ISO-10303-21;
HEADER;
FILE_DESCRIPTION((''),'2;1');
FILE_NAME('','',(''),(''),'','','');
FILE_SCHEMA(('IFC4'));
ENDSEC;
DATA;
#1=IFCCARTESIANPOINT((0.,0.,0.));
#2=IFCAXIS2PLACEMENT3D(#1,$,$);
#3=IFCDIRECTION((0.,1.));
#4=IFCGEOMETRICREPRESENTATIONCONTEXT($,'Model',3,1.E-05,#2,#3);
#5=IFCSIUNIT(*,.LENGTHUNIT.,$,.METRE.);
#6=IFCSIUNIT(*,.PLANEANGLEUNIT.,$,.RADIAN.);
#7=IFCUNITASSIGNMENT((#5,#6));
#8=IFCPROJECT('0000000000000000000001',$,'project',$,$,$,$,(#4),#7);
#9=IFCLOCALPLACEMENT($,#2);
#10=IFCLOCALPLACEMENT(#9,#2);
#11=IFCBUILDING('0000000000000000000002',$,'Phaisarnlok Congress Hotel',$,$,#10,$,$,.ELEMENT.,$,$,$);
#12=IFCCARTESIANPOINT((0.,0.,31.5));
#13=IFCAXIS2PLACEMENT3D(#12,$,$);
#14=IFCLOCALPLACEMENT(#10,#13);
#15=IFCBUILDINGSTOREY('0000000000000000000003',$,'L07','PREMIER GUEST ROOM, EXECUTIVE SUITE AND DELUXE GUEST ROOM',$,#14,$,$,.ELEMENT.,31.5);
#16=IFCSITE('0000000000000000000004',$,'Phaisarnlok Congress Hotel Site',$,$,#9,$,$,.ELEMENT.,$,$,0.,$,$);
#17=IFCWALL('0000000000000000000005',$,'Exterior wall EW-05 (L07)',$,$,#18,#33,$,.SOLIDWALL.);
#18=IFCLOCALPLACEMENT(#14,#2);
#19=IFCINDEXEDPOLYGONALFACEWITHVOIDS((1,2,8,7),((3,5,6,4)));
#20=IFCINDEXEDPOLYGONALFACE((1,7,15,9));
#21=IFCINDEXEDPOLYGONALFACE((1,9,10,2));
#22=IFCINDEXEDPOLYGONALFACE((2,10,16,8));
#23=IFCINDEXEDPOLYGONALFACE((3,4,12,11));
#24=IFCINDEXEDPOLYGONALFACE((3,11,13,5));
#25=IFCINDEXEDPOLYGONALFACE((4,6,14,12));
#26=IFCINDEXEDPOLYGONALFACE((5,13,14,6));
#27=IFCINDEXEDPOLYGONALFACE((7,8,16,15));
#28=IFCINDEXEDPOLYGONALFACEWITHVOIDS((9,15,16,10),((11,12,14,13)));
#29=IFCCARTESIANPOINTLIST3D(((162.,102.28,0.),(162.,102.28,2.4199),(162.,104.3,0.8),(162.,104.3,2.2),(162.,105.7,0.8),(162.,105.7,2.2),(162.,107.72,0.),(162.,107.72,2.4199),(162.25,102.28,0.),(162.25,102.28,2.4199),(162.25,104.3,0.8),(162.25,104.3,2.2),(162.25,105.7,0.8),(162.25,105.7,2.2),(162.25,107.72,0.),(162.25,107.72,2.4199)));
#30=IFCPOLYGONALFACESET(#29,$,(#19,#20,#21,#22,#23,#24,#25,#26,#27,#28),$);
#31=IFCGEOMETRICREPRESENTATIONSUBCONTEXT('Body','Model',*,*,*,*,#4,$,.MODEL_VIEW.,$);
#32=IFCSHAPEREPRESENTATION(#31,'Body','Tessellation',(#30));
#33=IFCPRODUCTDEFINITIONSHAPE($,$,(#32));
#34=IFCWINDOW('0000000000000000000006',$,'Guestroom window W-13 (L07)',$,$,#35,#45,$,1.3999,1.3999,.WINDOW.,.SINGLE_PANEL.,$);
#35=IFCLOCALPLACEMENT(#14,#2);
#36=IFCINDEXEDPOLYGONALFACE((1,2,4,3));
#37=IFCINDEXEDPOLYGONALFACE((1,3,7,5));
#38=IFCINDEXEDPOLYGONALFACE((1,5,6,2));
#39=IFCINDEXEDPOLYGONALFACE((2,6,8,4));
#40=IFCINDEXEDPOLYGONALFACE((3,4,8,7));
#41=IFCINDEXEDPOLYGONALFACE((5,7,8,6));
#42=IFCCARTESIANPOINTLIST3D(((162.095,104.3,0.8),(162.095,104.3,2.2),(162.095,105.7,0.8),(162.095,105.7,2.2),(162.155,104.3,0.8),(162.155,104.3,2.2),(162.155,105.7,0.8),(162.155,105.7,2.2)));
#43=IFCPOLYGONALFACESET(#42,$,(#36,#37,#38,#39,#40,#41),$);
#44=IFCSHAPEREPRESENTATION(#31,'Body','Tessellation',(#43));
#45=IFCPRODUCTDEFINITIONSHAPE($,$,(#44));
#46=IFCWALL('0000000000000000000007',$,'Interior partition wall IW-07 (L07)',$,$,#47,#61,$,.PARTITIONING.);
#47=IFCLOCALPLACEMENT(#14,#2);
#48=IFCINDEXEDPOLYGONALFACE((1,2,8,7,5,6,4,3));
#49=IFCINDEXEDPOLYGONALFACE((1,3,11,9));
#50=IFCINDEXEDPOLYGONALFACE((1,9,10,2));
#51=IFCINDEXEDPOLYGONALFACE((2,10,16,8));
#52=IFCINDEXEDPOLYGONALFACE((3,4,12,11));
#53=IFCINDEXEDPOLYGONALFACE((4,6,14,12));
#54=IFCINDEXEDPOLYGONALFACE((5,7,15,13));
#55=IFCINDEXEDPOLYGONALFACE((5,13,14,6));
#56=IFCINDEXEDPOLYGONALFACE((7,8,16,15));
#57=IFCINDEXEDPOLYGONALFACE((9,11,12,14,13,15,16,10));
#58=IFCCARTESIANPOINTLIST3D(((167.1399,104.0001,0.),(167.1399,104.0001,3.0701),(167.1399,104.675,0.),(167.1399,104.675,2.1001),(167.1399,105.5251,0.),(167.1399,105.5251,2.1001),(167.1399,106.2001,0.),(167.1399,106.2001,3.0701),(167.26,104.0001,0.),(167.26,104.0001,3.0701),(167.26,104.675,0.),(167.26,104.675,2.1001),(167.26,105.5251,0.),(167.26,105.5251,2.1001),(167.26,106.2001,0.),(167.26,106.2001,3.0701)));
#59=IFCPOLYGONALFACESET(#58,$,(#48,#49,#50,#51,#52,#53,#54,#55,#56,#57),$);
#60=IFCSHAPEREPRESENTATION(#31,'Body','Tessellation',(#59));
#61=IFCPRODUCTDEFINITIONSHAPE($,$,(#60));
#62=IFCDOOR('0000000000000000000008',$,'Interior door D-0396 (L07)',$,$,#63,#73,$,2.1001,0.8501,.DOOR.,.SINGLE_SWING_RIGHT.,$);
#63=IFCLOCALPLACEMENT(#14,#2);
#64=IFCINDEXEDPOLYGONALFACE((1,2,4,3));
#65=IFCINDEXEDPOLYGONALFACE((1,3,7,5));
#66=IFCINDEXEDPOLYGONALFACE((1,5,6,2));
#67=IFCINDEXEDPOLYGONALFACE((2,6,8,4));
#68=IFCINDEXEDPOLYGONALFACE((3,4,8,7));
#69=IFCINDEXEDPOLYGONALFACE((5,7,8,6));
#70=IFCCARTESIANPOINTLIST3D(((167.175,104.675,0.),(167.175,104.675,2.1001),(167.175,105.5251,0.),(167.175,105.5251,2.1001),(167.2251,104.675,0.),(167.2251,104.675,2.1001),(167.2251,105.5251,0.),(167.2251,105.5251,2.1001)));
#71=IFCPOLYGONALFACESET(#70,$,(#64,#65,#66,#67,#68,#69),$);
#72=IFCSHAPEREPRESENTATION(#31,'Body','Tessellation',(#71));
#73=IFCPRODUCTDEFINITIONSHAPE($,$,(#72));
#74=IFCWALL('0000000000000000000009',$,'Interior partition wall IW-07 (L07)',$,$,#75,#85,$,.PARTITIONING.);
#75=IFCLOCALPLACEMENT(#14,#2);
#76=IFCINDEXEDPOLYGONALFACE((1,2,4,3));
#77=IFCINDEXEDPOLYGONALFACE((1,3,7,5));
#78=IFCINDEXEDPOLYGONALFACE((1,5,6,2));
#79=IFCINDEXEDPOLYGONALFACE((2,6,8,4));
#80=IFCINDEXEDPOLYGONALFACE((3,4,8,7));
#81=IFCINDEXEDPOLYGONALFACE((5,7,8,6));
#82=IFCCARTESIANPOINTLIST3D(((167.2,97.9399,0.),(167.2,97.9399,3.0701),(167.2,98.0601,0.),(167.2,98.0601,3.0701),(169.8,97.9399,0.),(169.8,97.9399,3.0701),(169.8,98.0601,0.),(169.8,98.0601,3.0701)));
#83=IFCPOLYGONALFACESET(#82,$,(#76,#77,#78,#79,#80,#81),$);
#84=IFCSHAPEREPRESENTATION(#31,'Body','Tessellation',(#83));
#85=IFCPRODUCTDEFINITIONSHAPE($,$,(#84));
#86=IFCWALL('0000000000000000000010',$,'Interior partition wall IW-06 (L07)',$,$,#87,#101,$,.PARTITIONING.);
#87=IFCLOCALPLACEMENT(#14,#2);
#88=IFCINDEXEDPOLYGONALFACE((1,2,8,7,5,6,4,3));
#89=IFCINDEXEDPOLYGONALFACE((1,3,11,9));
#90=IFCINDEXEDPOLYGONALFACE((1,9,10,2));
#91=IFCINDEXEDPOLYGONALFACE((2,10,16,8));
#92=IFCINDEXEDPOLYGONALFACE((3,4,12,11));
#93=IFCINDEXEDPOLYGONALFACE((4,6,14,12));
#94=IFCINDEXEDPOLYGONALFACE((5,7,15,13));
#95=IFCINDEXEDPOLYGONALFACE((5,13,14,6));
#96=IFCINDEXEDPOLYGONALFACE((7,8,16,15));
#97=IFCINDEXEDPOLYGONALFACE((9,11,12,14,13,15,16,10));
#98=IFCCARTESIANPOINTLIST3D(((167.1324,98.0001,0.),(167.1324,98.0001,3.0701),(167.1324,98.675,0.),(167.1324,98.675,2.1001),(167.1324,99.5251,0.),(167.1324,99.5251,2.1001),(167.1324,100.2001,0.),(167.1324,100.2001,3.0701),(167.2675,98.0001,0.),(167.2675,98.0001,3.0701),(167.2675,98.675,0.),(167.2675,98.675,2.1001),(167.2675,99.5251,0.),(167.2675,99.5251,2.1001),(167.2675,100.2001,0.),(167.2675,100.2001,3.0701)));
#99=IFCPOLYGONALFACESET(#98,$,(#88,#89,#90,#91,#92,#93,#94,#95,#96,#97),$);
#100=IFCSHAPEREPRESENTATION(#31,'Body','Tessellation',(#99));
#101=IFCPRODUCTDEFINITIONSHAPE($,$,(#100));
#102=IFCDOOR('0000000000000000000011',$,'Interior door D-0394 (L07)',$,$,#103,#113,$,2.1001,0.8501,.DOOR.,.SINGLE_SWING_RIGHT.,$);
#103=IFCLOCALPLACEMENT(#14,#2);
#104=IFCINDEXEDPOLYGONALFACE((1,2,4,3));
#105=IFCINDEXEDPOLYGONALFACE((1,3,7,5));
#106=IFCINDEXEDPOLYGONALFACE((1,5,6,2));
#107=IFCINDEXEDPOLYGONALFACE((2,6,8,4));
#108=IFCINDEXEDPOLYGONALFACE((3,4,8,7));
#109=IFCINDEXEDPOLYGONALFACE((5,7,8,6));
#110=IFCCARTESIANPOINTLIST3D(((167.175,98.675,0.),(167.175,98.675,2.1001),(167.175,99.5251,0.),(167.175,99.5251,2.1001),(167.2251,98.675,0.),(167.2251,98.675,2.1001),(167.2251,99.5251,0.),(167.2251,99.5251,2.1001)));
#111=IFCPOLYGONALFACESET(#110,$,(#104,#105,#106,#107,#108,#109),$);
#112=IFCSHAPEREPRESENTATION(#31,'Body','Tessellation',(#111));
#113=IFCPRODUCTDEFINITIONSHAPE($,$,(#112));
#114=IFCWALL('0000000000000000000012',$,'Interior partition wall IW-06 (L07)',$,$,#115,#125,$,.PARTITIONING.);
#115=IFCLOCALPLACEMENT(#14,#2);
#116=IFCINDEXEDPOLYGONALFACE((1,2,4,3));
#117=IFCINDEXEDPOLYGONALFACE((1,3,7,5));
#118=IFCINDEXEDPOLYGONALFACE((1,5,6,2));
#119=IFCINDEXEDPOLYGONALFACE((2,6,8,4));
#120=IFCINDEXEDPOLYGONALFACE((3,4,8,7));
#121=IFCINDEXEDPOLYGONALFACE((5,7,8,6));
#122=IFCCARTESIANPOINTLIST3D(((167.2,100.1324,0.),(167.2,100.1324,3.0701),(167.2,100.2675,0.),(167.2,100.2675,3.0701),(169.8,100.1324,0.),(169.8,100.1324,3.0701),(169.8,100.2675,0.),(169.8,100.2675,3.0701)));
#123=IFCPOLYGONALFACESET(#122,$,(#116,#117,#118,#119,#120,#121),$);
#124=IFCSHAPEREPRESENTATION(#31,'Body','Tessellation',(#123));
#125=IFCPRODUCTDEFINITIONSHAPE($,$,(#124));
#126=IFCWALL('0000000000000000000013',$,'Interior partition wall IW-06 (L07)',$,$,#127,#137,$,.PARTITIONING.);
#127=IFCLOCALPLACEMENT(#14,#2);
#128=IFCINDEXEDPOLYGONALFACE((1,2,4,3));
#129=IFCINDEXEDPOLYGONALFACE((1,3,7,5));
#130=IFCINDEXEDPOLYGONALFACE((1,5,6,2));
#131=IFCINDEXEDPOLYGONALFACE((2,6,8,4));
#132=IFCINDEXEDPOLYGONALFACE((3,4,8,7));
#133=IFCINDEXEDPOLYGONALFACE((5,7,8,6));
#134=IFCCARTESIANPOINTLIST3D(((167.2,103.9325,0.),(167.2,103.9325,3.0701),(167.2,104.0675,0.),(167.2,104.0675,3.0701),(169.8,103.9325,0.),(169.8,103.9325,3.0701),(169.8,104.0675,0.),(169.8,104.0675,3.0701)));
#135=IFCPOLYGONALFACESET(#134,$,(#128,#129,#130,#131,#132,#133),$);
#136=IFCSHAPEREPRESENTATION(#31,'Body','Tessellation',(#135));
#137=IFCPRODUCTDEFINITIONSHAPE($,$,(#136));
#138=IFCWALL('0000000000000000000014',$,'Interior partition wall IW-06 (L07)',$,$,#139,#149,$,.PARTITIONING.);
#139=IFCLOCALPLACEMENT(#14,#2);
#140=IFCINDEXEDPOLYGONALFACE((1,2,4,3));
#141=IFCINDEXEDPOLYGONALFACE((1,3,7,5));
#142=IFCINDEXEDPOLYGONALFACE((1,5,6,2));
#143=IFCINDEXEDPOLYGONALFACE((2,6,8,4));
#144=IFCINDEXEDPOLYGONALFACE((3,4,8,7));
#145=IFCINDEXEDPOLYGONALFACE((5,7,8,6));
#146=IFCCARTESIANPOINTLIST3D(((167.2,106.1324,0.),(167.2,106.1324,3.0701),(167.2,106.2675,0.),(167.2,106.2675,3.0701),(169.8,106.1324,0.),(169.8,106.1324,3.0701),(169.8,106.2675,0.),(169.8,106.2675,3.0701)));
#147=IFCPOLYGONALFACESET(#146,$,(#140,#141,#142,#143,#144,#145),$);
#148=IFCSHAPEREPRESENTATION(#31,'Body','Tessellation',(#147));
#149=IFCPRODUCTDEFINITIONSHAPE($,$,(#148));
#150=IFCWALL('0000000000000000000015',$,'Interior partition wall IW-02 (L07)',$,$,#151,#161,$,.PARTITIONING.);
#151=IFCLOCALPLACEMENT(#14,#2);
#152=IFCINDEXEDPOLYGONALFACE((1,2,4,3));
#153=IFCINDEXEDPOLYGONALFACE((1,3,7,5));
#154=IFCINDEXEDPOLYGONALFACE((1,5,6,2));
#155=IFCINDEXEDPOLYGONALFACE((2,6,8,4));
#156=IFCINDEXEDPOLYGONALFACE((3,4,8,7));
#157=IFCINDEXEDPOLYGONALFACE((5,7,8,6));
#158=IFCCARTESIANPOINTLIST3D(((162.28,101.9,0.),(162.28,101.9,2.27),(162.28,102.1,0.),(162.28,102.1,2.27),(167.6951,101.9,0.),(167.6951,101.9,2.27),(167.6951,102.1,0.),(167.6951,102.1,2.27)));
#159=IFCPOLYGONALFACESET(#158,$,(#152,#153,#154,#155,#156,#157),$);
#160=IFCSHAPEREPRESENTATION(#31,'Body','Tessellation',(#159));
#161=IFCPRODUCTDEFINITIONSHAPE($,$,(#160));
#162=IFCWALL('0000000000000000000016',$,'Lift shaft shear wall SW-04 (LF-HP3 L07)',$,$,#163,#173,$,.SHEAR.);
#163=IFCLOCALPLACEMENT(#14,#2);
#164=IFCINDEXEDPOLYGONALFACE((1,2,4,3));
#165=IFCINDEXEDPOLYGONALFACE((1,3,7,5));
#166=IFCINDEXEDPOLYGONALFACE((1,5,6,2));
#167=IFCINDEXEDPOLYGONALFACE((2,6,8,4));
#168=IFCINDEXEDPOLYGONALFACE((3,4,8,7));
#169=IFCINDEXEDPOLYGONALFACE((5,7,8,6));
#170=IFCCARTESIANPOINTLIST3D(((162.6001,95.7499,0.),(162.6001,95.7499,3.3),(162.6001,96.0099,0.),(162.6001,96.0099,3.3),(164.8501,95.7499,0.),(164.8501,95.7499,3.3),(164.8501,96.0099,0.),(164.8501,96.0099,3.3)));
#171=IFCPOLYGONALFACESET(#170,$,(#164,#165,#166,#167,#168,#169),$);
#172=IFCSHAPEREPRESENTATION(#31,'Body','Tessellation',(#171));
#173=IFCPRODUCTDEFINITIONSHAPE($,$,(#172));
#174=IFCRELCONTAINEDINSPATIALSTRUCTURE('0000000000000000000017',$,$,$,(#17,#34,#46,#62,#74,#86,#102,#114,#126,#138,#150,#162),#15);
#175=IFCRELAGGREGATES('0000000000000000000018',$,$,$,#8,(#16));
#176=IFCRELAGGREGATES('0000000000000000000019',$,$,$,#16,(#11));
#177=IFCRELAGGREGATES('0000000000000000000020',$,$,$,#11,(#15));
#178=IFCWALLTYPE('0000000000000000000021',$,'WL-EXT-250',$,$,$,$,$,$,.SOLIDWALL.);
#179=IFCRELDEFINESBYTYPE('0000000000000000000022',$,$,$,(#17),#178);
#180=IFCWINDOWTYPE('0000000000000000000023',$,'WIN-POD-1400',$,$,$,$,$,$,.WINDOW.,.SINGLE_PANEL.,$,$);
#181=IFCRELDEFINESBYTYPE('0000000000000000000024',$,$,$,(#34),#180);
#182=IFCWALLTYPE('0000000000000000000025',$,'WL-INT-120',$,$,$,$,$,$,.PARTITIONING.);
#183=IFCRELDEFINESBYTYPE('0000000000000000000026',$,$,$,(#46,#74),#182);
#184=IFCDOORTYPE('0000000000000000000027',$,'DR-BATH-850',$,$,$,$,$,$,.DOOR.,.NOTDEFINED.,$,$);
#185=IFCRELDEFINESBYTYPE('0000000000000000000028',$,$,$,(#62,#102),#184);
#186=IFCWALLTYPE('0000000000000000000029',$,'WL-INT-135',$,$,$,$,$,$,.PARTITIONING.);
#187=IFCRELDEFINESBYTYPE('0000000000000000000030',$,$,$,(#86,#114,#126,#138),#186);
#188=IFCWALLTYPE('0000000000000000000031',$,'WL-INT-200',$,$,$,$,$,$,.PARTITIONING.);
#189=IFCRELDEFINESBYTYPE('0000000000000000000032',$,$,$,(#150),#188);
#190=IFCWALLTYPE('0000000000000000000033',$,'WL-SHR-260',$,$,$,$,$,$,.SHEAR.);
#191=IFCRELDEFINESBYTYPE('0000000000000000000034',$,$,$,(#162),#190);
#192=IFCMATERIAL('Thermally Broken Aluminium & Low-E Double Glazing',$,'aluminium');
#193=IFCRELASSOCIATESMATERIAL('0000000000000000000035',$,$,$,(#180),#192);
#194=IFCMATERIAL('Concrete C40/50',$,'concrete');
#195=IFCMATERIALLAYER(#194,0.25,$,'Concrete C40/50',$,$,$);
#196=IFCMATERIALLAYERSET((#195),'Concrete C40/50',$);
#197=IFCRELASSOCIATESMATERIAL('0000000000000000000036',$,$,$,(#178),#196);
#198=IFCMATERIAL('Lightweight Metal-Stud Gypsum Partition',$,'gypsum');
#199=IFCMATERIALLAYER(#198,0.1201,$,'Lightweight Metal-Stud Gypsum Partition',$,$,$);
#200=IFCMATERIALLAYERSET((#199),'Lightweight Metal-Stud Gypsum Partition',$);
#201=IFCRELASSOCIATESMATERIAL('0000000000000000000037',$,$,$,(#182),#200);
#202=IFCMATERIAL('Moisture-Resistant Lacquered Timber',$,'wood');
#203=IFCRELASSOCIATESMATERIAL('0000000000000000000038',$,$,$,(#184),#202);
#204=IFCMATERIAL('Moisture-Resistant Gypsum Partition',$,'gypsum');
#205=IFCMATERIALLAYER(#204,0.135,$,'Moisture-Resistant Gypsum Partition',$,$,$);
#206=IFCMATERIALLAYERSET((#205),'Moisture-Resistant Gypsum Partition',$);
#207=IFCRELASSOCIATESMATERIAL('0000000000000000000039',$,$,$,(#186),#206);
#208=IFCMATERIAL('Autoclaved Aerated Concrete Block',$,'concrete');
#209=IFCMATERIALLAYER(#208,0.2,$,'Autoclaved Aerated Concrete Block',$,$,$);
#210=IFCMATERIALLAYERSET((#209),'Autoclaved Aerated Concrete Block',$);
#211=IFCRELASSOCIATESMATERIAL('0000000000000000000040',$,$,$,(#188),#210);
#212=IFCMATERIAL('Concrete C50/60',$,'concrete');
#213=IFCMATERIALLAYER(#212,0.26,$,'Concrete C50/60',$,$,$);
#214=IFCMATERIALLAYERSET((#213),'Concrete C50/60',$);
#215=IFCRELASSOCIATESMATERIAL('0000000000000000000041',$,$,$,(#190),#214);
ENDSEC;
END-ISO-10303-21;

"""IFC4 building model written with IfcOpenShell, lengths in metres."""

from ifc_helpers import new_model, si_unit, direction, frame, frame_2d, origin, place, context, subcontext, project, spatial, rectangle, extrude, material, layer, layer_set, type_object, element, fill, save


model = new_model("IFC4")

# Units and contexts
model_context = context("Model", 3, precision=1e-05, world=origin(), true_north=direction((0.0, 1.0)))
body_context = subcontext(model_context, "Body", "Model", "MODEL_VIEW")
ifc_project = project(units=[si_unit("LENGTHUNIT", "METRE"), si_unit("PLANEANGLEUNIT", "RADIAN")], contexts=[model_context])

# Site, building, storey
site_placement = place(None, origin())
site = spatial("IfcSite", under=ifc_project, at=site_placement, Name="Phaisarnlok Congress Hotel Site", CompositionType="ELEMENT", RefElevation=0.0)
building_placement = place(site_placement, origin())
building = spatial("IfcBuilding", under=site, at=building_placement, Name="Phaisarnlok Congress Hotel", CompositionType="ELEMENT")
storey_placement = place(building_placement, frame((0.0, 0.0, 31.5)))
storey = spatial("IfcBuildingStorey", under=building, at=storey_placement, Name="L07", Description="PREMIER GUEST ROOM, EXECUTIVE SUITE AND DELUXE GUEST ROOM", CompositionType="ELEMENT", Elevation=31.5)

# Shared definitions
ifc_material_1 = material(Name="Concrete C50/60", Category="concrete")

# Shared definitions
ifc_material_2 = material(Name="Concrete C40/50", Category="concrete")

# Wall, opening, window
ifc_material_3 = material(Name="Thermally Broken Aluminium & Low-E Double Glazing", Category="aluminium")
window_type = type_object("IfcWindowType", Name="WIN-POD-1400", PartitioningType="SINGLE_PANEL", PredefinedType="WINDOW", material=ifc_material_3)
ifc_layer_1 = layer(ifc_material_2, 0.25, Name="Concrete C40/50")
ifc_layer_set_1 = layer_set([ifc_layer_1], Name="Concrete C40/50")
wall_type_1 = type_object("IfcWallType", Name="WL-EXT-250", PredefinedType="SOLIDWALL", material=ifc_layer_set_1)
wall_1_placement = place(storey_placement, frame((162.125, 107.72, 0.0), z_axis=(0.0, 0.0, 1.0), x_axis=(0.0, -1.0, 0.0)))
wall_1 = element("IfcWall", 1, at=wall_1_placement, inside=storey, type_object=wall_type_1, Name="Exterior wall EW-05 (L07)", PredefinedType="SOLIDWALL", context=body_context, shape_type="SweptSolid", body=[
    extrude(rectangle(XDim=5.4399, YDim=0.25, at=frame_2d((2.72, 0.0))), origin(), (0.0, 0.0, 1.0), 2.4199),
])
opening_1_placement = place(wall_1_placement, frame((2.02, 0.0, 0.8)))
opening_1 = element("IfcOpeningElement", 2, at=opening_1_placement, cuts=wall_1, PredefinedType="OPENING", context=body_context, shape_type="SweptSolid", body=[
    extrude(rectangle(XDim=1.3999, YDim=1.3999, at=frame_2d((0.7, 0.7))), frame((0.0, 0.135, 0.0), z_axis=(0.0, -1.0, 0.0), x_axis=(1.0, 0.0, 0.0)), (0.0, 0.0, 1.0), 0.27),
])
window_1_placement = place(opening_1_placement, origin())
window_1 = element("IfcWindow", 3, at=window_1_placement, inside=storey, type_object=window_type, Name="Guestroom window W-13 (L07)", OverallHeight=1.3999, OverallWidth=1.3999, PartitioningType="SINGLE_PANEL", PredefinedType="WINDOW", context=body_context, shape_type="SweptSolid", body=[
    extrude(rectangle(XDim=1.3999, YDim=1.3999, at=frame_2d((0.7, 0.7))), frame((0.0, 0.03, 0.0), z_axis=(0.0, -1.0, 0.0), x_axis=(1.0, 0.0, 0.0)), (0.0, 0.0, 1.0), 0.0601),
])
fill(opening_1, window_1)

# Wall, opening, door
ifc_material_4 = material(Name="Lightweight Metal-Stud Gypsum Partition", Category="gypsum")
ifc_layer_2 = layer(ifc_material_4, 0.1201, Name="Lightweight Metal-Stud Gypsum Partition")
ifc_layer_set_2 = layer_set([ifc_layer_2], Name="Lightweight Metal-Stud Gypsum Partition")
wall_type_2 = type_object("IfcWallType", Name="WL-INT-120", PredefinedType="PARTITIONING", material=ifc_layer_set_2)
wall_2_placement = place(storey_placement, frame((167.2, 104.0, 0.0), z_axis=(0.0, 0.0, 1.0), x_axis=(0.0, 1.0, 0.0)))
wall_2 = element("IfcWall", 4, at=wall_2_placement, inside=storey, type_object=wall_type_2, Name="Interior partition wall IW-07 (L07)", PredefinedType="PARTITIONING", context=body_context, shape_type="SweptSolid", body=[
    extrude(rectangle(XDim=2.2, YDim=0.1201, at=frame_2d((1.1001, 0.0))), origin(), (0.0, 0.0, 1.0), 3.0701),
])
opening_2_placement = place(wall_2_placement, frame((0.675, 0.0, 0.0)))
opening_2 = element("IfcOpeningElement", 5, at=opening_2_placement, cuts=wall_2, PredefinedType="OPENING", context=body_context, shape_type="SweptSolid", body=[
    extrude(rectangle(XDim=0.8501, YDim=2.1001, at=frame_2d((0.425, 1.05))), frame((0.0, 0.0701, 0.0), z_axis=(0.0, -1.0, 0.0), x_axis=(1.0, 0.0, 0.0)), (0.0, 0.0, 1.0), 0.1401),
])
ifc_material_5 = material(Name="Moisture-Resistant Lacquered Timber", Category="wood")
door_type = type_object("IfcDoorType", Name="DR-BATH-850", OperationType="NOTDEFINED", PredefinedType="DOOR", material=ifc_material_5)
door_1_placement = place(opening_2_placement, origin())
door_1 = element("IfcDoor", 6, at=door_1_placement, inside=storey, type_object=door_type, Name="Interior door D-0396 (L07)", OperationType="SINGLE_SWING_RIGHT", OverallHeight=2.1001, OverallWidth=0.8501, PredefinedType="DOOR", context=body_context, shape_type="SweptSolid", body=[
    extrude(rectangle(XDim=0.8501, YDim=2.1001, at=frame_2d((0.425, 1.05))), frame((0.0, 0.0249, 0.0), z_axis=(0.0, -1.0, 0.0), x_axis=(1.0, 0.0, 0.0)), (0.0, 0.0, 1.0), 0.05),
])
fill(opening_2, door_1)

# Wall
wall_3_placement = place(storey_placement, frame((167.2, 98.0, 0.0), z_axis=(0.0, 0.0, 1.0), x_axis=(1.0, 0.0, 0.0)))
element("IfcWall", 7, at=wall_3_placement, inside=storey, type_object=wall_type_2, Name="Interior partition wall IW-07 (L07)", PredefinedType="PARTITIONING", context=body_context, shape_type="SweptSolid", body=[
    extrude(rectangle(XDim=2.6001, YDim=0.1201, at=frame_2d((1.3, 0.0))), origin(), (0.0, 0.0, 1.0), 3.0701),
])

# Wall, opening, door
ifc_material_6 = material(Name="Moisture-Resistant Gypsum Partition", Category="gypsum")
ifc_layer_3 = layer(ifc_material_6, 0.135, Name="Moisture-Resistant Gypsum Partition")
ifc_layer_set_3 = layer_set([ifc_layer_3], Name="Moisture-Resistant Gypsum Partition")
wall_type_3 = type_object("IfcWallType", Name="WL-INT-135", PredefinedType="PARTITIONING", material=ifc_layer_set_3)
wall_4_placement = place(storey_placement, frame((167.2, 98.0, 0.0), z_axis=(0.0, 0.0, 1.0), x_axis=(0.0, 1.0, 0.0)))
wall_4 = element("IfcWall", 8, at=wall_4_placement, inside=storey, type_object=wall_type_3, Name="Interior partition wall IW-06 (L07)", PredefinedType="PARTITIONING", context=body_context, shape_type="SweptSolid", body=[
    extrude(rectangle(XDim=2.2, YDim=0.135, at=frame_2d((1.1001, 0.0))), origin(), (0.0, 0.0, 1.0), 3.0701),
])
opening_3_placement = place(wall_4_placement, frame((0.675, 0.0, 0.0)))
opening_3 = element("IfcOpeningElement", 9, at=opening_3_placement, cuts=wall_4, PredefinedType="OPENING", context=body_context, shape_type="SweptSolid", body=[
    extrude(rectangle(XDim=0.8501, YDim=2.1001, at=frame_2d((0.425, 1.05))), frame((0.0, 0.0776, 0.0), z_axis=(0.0, -1.0, 0.0), x_axis=(1.0, 0.0, 0.0)), (0.0, 0.0, 1.0), 0.155),
])
door_2_placement = place(opening_3_placement, origin())
door_2 = element("IfcDoor", 10, at=door_2_placement, inside=storey, type_object=door_type, Name="Interior door D-0394 (L07)", OperationType="SINGLE_SWING_RIGHT", OverallHeight=2.1001, OverallWidth=0.8501, PredefinedType="DOOR", context=body_context, shape_type="SweptSolid", body=[
    extrude(rectangle(XDim=0.8501, YDim=2.1001, at=frame_2d((0.425, 1.05))), frame((0.0, 0.0249, 0.0), z_axis=(0.0, -1.0, 0.0), x_axis=(1.0, 0.0, 0.0)), (0.0, 0.0, 1.0), 0.05),
])
fill(opening_3, door_2)

# Walls
for number, where, z_axis, x_axis, name in (
    (11, (167.2, 100.2, 0.0), (0.0, 0.0, 1.0), (1.0, 0.0, 0.0), "Interior partition wall IW-06 (L07)"),
    (12, (167.2, 104.0, 0.0), (0.0, 0.0, 1.0), (1.0, 0.0, 0.0), "Interior partition wall IW-06 (L07)"),
    (13, (167.2, 106.2, 0.0), (0.0, 0.0, 1.0), (1.0, 0.0, 0.0), "Interior partition wall IW-06 (L07)"),
):
    element("IfcWall", number, at=place(storey_placement, frame(where, z_axis=z_axis, x_axis=x_axis)), inside=storey, type_object=wall_type_3, Name=name, PredefinedType="PARTITIONING", context=body_context, shape_type="SweptSolid", body=[
        extrude(rectangle(XDim=2.6001, YDim=0.135, at=frame_2d((1.3, 0.0))), origin(), (0.0, 0.0, 1.0), 3.0701),
    ])
ifc_material_7 = material(Name="Autoclaved Aerated Concrete Block", Category="concrete")
ifc_layer_4 = layer(ifc_material_7, 0.2, Name="Autoclaved Aerated Concrete Block")
ifc_layer_set_4 = layer_set([ifc_layer_4], Name="Autoclaved Aerated Concrete Block")
wall_type_4 = type_object("IfcWallType", Name="WL-INT-200", PredefinedType="PARTITIONING", material=ifc_layer_set_4)
wall_5_placement = place(storey_placement, frame((162.28, 102.0, 0.0), z_axis=(0.0, 0.0, 1.0), x_axis=(1.0, 0.0, 0.0)))
element("IfcWall", 14, at=wall_5_placement, inside=storey, type_object=wall_type_4, Name="Interior partition wall IW-02 (L07)", PredefinedType="PARTITIONING", context=body_context, shape_type="SweptSolid", body=[
    extrude(rectangle(XDim=5.415, YDim=0.2, at=frame_2d((2.7075, 0.0))), origin(), (0.0, 0.0, 1.0), 2.27),
])
ifc_layer_5 = layer(ifc_material_1, 0.26, Name="Concrete C50/60")
ifc_layer_set_5 = layer_set([ifc_layer_5], Name="Concrete C50/60")
wall_type_5 = type_object("IfcWallType", Name="WL-SHR-260", PredefinedType="SHEAR", material=ifc_layer_set_5)
for number, where, z_axis, x_axis, name in (
    (15, (162.6001, 95.8799, 0.0), (0.0, 0.0, 1.0), (1.0, 0.0, 0.0), "Lift shaft shear wall SW-04 (LF-HP3 L07)"),
):
    element("IfcWall", number, at=place(storey_placement, frame(where, z_axis=z_axis, x_axis=x_axis)), inside=storey, type_object=wall_type_5, Name=name, PredefinedType="SHEAR", context=body_context, shape_type="SweptSolid", body=[
        extrude(rectangle(XDim=2.25, YDim=0.26, at=frame_2d((1.125, 0.0))), origin(), (0.0, 0.0, 1.0), 3.3),
    ])

save(model, "model.ifc")
